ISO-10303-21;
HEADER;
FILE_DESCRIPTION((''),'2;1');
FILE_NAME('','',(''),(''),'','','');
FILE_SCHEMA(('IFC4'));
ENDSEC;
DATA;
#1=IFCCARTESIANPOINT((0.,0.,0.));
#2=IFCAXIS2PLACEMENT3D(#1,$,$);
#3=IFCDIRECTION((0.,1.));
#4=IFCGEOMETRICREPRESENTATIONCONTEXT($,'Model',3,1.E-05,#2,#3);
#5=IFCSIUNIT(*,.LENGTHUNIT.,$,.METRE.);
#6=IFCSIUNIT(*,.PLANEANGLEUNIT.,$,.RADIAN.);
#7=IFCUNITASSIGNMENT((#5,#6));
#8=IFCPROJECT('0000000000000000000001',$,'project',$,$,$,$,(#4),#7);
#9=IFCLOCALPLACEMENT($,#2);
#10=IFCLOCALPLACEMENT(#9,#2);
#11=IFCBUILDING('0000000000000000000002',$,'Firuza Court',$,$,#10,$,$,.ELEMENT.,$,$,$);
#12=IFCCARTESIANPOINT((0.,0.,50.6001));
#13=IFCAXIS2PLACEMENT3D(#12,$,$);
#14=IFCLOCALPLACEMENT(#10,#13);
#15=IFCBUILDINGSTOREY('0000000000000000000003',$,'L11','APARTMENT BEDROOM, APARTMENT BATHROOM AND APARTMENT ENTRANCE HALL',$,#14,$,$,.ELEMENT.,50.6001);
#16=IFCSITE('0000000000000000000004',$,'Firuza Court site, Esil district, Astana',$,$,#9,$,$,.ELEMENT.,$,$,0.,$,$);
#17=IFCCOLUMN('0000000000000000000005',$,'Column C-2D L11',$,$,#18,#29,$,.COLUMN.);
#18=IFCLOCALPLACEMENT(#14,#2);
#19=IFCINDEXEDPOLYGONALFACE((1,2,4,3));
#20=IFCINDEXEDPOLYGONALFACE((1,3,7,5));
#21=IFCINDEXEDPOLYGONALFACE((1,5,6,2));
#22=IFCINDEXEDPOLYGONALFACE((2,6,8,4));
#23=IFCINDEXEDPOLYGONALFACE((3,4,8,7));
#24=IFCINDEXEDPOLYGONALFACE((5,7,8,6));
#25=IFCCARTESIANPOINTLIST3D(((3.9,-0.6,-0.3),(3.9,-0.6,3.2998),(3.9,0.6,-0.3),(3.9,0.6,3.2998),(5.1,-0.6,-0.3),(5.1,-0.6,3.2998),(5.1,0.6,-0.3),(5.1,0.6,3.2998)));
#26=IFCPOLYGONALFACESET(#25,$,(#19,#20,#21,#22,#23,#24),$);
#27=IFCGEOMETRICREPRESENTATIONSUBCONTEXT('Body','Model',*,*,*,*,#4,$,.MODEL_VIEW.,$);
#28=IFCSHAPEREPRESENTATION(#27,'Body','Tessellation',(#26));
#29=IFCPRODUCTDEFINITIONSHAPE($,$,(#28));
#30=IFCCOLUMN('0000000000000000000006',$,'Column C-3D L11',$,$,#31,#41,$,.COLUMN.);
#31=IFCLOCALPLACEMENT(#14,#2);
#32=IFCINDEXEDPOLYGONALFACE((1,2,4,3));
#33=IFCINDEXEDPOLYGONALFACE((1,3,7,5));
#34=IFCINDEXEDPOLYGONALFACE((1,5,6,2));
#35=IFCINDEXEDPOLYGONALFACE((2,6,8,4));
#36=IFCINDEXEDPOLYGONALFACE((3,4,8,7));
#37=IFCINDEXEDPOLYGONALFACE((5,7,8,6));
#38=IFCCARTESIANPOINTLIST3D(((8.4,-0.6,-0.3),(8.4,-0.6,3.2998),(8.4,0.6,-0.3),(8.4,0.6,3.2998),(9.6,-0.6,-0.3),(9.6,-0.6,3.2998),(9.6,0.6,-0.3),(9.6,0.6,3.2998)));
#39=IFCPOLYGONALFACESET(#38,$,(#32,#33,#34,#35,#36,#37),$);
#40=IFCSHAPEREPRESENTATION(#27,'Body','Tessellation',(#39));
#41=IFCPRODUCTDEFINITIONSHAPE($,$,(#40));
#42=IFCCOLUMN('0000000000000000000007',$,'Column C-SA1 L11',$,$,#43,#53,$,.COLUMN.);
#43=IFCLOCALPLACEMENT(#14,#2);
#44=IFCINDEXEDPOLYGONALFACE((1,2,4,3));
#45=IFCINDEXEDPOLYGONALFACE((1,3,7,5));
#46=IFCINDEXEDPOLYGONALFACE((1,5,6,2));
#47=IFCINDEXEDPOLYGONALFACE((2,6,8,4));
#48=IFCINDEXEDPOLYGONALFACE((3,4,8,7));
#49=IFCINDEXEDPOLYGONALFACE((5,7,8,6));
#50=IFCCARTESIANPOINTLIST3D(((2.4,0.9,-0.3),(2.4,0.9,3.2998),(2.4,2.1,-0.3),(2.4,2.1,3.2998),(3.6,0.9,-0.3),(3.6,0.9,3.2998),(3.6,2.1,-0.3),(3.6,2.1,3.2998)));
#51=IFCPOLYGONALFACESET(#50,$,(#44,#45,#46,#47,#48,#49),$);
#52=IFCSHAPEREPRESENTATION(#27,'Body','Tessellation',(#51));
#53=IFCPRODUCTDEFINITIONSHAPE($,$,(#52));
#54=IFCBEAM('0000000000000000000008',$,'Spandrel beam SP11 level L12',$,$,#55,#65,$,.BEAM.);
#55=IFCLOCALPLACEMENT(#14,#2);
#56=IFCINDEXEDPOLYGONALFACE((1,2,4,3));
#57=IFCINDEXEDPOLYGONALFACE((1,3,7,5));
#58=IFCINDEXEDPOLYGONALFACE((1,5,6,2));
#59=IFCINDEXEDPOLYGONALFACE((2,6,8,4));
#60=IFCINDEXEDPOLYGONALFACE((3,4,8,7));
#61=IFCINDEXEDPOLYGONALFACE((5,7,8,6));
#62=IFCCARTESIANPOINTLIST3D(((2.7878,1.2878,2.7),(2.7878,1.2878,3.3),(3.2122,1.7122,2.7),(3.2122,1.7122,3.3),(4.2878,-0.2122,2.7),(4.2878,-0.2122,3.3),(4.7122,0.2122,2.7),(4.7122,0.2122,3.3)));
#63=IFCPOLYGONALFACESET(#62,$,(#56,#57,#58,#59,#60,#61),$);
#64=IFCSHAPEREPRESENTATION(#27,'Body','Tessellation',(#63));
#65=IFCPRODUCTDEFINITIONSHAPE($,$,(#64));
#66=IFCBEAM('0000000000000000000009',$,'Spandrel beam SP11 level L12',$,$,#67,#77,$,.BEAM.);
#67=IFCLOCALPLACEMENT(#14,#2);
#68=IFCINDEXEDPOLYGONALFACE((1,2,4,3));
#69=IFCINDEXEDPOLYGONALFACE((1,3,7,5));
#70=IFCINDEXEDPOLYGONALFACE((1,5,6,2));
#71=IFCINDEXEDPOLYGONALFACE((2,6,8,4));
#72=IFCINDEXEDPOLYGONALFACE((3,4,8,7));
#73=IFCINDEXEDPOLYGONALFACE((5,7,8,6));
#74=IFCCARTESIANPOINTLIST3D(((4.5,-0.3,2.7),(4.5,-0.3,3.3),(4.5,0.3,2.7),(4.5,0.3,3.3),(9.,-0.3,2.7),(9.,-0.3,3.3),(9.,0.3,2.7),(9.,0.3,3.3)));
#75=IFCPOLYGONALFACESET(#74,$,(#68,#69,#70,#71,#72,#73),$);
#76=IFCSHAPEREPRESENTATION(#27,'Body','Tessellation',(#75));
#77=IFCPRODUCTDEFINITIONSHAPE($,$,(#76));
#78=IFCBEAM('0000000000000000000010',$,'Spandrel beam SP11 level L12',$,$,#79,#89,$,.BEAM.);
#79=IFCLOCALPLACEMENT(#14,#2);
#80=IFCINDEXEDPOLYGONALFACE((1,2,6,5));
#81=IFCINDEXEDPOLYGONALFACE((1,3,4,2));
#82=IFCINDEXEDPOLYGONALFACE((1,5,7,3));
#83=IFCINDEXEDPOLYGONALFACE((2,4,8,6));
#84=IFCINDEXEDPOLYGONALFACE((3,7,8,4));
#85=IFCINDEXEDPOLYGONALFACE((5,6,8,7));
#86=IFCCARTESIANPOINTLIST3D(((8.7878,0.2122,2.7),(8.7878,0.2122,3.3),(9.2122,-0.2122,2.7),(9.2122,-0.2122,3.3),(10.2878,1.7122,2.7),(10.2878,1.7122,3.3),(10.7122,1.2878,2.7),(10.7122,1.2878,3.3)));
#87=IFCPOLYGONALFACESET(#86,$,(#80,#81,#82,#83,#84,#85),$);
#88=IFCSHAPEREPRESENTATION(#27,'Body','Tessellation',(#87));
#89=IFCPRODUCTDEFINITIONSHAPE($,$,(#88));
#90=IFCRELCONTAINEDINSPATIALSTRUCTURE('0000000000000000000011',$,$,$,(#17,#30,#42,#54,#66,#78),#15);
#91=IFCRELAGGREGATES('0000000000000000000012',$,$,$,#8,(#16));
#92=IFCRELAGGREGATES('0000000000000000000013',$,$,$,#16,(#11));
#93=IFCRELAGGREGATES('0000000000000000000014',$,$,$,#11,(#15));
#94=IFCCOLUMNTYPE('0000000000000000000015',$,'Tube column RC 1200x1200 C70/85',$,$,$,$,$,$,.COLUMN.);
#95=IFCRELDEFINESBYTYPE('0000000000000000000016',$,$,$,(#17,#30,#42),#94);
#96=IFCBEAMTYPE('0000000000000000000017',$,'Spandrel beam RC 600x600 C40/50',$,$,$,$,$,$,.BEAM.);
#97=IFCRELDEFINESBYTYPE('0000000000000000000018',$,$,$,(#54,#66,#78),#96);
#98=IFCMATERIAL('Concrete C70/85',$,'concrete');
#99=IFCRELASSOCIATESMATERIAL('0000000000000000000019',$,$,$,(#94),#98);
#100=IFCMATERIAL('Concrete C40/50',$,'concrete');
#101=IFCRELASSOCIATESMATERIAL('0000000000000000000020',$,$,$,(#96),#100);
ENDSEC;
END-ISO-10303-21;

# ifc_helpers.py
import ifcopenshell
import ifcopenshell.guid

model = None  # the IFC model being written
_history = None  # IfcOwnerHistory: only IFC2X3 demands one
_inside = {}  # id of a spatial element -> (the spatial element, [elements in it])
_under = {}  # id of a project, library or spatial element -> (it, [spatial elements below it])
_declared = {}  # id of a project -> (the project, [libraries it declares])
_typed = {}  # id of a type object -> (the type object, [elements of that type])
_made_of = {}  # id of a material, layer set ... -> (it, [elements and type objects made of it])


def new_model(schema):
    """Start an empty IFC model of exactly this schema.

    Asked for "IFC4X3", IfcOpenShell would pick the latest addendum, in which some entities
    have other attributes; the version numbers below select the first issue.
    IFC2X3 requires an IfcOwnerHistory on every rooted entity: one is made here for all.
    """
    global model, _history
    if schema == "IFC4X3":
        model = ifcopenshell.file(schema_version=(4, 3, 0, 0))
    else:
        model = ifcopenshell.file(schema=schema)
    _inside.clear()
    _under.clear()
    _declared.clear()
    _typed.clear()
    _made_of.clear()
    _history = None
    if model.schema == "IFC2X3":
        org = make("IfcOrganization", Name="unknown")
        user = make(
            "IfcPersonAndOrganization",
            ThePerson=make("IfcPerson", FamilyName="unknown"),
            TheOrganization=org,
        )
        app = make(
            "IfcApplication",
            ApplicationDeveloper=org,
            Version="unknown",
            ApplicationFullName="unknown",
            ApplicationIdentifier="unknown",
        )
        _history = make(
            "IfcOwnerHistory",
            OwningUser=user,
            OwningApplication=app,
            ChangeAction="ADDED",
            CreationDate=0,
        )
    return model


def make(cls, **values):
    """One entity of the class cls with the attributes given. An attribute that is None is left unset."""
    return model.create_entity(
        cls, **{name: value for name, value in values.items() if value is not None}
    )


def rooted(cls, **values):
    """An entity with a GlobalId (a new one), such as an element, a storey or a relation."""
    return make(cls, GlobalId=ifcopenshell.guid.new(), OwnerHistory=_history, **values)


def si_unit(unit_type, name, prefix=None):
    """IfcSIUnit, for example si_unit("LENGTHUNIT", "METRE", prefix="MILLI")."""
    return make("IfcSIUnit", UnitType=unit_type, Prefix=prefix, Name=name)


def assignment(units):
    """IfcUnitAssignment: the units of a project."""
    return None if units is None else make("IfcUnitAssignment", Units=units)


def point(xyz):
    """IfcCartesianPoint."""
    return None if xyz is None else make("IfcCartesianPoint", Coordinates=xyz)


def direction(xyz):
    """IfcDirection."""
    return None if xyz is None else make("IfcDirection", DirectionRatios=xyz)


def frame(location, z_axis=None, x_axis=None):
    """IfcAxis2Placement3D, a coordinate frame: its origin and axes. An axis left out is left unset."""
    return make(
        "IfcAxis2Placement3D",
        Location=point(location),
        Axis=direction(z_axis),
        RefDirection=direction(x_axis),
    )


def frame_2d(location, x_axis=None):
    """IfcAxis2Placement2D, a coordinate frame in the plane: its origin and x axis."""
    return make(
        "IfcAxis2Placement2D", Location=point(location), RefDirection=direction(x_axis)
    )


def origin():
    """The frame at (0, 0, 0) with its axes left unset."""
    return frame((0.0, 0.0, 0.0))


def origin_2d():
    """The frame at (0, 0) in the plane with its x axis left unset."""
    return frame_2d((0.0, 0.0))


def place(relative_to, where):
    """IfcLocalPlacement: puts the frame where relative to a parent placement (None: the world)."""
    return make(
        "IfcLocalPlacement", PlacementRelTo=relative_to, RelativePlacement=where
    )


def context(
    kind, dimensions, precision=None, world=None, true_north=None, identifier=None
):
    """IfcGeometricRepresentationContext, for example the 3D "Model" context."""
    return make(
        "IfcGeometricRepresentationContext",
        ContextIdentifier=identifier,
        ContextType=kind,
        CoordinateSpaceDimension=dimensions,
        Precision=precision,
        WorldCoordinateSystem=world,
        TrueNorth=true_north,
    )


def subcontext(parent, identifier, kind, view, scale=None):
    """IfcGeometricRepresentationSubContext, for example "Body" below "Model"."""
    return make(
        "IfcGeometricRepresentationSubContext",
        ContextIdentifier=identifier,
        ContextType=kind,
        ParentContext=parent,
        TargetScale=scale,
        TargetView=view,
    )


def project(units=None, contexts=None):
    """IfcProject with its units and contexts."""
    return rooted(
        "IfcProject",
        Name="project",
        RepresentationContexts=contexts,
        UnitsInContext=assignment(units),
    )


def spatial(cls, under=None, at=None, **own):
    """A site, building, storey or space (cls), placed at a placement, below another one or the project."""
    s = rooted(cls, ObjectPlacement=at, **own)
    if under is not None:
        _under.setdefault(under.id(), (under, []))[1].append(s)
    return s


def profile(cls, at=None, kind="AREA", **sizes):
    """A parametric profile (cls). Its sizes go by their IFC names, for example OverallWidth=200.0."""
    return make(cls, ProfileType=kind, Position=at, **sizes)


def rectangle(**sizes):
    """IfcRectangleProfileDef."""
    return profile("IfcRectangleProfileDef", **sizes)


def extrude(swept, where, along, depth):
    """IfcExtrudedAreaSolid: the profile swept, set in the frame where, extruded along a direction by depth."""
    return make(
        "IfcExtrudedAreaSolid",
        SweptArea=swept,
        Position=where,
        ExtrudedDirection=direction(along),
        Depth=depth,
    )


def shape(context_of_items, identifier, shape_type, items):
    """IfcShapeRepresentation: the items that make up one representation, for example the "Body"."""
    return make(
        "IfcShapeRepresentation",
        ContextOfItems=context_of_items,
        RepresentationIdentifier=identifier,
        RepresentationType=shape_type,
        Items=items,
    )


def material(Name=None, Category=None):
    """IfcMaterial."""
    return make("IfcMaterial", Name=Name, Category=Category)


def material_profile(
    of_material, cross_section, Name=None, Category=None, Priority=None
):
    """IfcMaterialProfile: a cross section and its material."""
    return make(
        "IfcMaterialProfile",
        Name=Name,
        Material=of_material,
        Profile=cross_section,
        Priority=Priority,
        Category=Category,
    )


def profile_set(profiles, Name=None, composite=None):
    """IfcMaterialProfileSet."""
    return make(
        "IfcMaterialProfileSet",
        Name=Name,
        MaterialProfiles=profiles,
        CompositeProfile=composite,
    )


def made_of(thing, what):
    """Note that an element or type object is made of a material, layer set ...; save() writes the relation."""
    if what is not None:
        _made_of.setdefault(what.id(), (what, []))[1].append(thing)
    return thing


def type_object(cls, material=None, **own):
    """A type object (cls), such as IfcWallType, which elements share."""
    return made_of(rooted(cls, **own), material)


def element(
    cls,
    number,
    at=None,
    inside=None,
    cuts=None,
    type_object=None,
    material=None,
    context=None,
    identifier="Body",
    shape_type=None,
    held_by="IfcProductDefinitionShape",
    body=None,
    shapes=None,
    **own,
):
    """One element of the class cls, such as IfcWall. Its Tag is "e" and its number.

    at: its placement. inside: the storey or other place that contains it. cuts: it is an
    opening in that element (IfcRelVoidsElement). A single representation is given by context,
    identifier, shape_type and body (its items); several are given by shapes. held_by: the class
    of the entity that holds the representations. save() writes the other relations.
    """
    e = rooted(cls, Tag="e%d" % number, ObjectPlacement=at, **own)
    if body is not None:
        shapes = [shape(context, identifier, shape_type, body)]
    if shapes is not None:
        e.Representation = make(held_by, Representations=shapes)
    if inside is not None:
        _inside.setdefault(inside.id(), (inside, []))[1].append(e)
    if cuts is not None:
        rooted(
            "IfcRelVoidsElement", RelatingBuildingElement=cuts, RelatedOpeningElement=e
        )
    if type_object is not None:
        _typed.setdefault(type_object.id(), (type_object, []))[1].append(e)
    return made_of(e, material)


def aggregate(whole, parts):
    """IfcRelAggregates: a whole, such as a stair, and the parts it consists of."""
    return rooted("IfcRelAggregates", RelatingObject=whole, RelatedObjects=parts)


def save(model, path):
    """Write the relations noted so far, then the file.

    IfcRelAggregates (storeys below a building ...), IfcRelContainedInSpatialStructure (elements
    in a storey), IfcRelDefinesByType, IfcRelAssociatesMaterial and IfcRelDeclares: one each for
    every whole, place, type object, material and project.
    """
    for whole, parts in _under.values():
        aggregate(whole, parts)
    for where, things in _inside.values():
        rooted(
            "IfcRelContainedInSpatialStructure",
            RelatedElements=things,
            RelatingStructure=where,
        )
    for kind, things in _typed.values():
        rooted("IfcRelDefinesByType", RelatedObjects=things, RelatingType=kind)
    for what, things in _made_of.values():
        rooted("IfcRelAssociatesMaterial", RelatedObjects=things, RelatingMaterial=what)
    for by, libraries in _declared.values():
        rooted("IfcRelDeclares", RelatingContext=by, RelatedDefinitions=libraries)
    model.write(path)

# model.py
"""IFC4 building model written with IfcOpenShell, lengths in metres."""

from ifc_helpers import new_model, si_unit, direction, frame, origin, origin_2d, place, context, subcontext, project, spatial, rectangle, extrude, material, material_profile, profile_set, type_object, element, save


model = new_model("IFC4")

# Units and contexts
model_context = context("Model", 3, precision=1e-05, world=origin(), true_north=direction((0.0, 1.0)))
body_context = subcontext(model_context, "Body", "Model", "MODEL_VIEW")
ifc_project = project(units=[si_unit("LENGTHUNIT", "METRE"), si_unit("PLANEANGLEUNIT", "RADIAN")], contexts=[model_context])

# Site, building, storey
site_placement = place(None, origin())
site = spatial("IfcSite", under=ifc_project, at=site_placement, Name="Firuza Court site, Esil district, Astana", CompositionType="ELEMENT", RefElevation=0.0)
building_placement = place(site_placement, origin())
building = spatial("IfcBuilding", under=site, at=building_placement, Name="Firuza Court", CompositionType="ELEMENT")
storey_placement = place(building_placement, frame((0.0, 0.0, 50.6001)))
storey = spatial("IfcBuildingStorey", under=building, at=storey_placement, Name="L11", Description="APARTMENT BEDROOM, APARTMENT BATHROOM AND APARTMENT ENTRANCE HALL", CompositionType="ELEMENT", Elevation=50.6001)

# Columns
ifc_material_1 = material(Name="Concrete C70/85", Category="concrete")
ifc_material_profile_1 = material_profile(ifc_material_1, rectangle(XDim=1.2, YDim=1.2, at=origin_2d()), Name="RC 1200x1200")
ifc_profile_set_1 = profile_set([ifc_material_profile_1], Name="Concrete C70/85")
column_type = type_object("IfcColumnType", Name="Tube column RC 1200x1200 C70/85", PredefinedType="COLUMN", material=ifc_profile_set_1)
for number, where, z_axis, x_axis, name in (
    (1, (4.5, 0.0, -0.3), (0.0, 0.0, 1.0), (1.0, 0.0, 0.0), "Column C-2D L11"),
    (2, (9.0, 0.0, -0.3), (0.0, 0.0, 1.0), (1.0, 0.0, 0.0), "Column C-3D L11"),
    (3, (3.0, 1.5, -0.3), (0.0, 0.0, 1.0), (1.0, 0.0, 0.0), "Column C-SA1 L11"),
):
    element("IfcColumn", number, at=place(storey_placement, frame(where, z_axis=z_axis, x_axis=x_axis)), inside=storey, type_object=column_type, Name=name, PredefinedType="COLUMN", context=body_context, shape_type="SweptSolid", body=[
        extrude(rectangle(XDim=1.2, YDim=1.2, at=origin_2d()), origin(), (0.0, 0.0, 1.0), 3.5999),
    ])

# Beams
ifc_material_2 = material(Name="Concrete C40/50", Category="concrete")
ifc_material_profile_2 = material_profile(ifc_material_2, rectangle(XDim=0.6001, YDim=0.6001, at=origin_2d()), Name="RC 600x600")
ifc_profile_set_2 = profile_set([ifc_material_profile_2], Name="Concrete C40/50")
beam_type = type_object("IfcBeamType", Name="Spandrel beam RC 600x600 C40/50", PredefinedType="BEAM", material=ifc_profile_set_2)
beam_1_placement = place(storey_placement, frame((3.0, 1.5, 3.0), z_axis=(0.707107, -0.707107, 0.0), x_axis=(0.707107, 0.707107, 0.0)))
element("IfcBeam", 4, at=beam_1_placement, inside=storey, type_object=beam_type, Name="Spandrel beam SP11 level L12", PredefinedType="BEAM", context=body_context, shape_type="SweptSolid", body=[
    extrude(rectangle(XDim=0.6001, YDim=0.6001, at=origin_2d()), origin(), (0.0, 0.0, 1.0), 2.1213),
])
beam_2_placement = place(storey_placement, frame((4.5, 0.0, 3.0), z_axis=(1.0, 0.0, 0.0), x_axis=(0.0, 1.0, 0.0)))
element("IfcBeam", 5, at=beam_2_placement, inside=storey, type_object=beam_type, Name="Spandrel beam SP11 level L12", PredefinedType="BEAM", context=body_context, shape_type="SweptSolid", body=[
    extrude(rectangle(XDim=0.6001, YDim=0.6001, at=origin_2d()), origin(), (0.0, 0.0, 1.0), 4.5),
])
beam_3_placement = place(storey_placement, frame((9.0, 0.0, 3.0), z_axis=(0.707107, 0.707107, 0.0), x_axis=(-0.707107, 0.707107, 0.0)))
element("IfcBeam", 6, at=beam_3_placement, inside=storey, type_object=beam_type, Name="Spandrel beam SP11 level L12", PredefinedType="BEAM", context=body_context, shape_type="SweptSolid", body=[
    extrude(rectangle(XDim=0.6001, YDim=0.6001, at=origin_2d()), origin(), (0.0, 0.0, 1.0), 2.1213),
])

save(model, "model.ifc")
